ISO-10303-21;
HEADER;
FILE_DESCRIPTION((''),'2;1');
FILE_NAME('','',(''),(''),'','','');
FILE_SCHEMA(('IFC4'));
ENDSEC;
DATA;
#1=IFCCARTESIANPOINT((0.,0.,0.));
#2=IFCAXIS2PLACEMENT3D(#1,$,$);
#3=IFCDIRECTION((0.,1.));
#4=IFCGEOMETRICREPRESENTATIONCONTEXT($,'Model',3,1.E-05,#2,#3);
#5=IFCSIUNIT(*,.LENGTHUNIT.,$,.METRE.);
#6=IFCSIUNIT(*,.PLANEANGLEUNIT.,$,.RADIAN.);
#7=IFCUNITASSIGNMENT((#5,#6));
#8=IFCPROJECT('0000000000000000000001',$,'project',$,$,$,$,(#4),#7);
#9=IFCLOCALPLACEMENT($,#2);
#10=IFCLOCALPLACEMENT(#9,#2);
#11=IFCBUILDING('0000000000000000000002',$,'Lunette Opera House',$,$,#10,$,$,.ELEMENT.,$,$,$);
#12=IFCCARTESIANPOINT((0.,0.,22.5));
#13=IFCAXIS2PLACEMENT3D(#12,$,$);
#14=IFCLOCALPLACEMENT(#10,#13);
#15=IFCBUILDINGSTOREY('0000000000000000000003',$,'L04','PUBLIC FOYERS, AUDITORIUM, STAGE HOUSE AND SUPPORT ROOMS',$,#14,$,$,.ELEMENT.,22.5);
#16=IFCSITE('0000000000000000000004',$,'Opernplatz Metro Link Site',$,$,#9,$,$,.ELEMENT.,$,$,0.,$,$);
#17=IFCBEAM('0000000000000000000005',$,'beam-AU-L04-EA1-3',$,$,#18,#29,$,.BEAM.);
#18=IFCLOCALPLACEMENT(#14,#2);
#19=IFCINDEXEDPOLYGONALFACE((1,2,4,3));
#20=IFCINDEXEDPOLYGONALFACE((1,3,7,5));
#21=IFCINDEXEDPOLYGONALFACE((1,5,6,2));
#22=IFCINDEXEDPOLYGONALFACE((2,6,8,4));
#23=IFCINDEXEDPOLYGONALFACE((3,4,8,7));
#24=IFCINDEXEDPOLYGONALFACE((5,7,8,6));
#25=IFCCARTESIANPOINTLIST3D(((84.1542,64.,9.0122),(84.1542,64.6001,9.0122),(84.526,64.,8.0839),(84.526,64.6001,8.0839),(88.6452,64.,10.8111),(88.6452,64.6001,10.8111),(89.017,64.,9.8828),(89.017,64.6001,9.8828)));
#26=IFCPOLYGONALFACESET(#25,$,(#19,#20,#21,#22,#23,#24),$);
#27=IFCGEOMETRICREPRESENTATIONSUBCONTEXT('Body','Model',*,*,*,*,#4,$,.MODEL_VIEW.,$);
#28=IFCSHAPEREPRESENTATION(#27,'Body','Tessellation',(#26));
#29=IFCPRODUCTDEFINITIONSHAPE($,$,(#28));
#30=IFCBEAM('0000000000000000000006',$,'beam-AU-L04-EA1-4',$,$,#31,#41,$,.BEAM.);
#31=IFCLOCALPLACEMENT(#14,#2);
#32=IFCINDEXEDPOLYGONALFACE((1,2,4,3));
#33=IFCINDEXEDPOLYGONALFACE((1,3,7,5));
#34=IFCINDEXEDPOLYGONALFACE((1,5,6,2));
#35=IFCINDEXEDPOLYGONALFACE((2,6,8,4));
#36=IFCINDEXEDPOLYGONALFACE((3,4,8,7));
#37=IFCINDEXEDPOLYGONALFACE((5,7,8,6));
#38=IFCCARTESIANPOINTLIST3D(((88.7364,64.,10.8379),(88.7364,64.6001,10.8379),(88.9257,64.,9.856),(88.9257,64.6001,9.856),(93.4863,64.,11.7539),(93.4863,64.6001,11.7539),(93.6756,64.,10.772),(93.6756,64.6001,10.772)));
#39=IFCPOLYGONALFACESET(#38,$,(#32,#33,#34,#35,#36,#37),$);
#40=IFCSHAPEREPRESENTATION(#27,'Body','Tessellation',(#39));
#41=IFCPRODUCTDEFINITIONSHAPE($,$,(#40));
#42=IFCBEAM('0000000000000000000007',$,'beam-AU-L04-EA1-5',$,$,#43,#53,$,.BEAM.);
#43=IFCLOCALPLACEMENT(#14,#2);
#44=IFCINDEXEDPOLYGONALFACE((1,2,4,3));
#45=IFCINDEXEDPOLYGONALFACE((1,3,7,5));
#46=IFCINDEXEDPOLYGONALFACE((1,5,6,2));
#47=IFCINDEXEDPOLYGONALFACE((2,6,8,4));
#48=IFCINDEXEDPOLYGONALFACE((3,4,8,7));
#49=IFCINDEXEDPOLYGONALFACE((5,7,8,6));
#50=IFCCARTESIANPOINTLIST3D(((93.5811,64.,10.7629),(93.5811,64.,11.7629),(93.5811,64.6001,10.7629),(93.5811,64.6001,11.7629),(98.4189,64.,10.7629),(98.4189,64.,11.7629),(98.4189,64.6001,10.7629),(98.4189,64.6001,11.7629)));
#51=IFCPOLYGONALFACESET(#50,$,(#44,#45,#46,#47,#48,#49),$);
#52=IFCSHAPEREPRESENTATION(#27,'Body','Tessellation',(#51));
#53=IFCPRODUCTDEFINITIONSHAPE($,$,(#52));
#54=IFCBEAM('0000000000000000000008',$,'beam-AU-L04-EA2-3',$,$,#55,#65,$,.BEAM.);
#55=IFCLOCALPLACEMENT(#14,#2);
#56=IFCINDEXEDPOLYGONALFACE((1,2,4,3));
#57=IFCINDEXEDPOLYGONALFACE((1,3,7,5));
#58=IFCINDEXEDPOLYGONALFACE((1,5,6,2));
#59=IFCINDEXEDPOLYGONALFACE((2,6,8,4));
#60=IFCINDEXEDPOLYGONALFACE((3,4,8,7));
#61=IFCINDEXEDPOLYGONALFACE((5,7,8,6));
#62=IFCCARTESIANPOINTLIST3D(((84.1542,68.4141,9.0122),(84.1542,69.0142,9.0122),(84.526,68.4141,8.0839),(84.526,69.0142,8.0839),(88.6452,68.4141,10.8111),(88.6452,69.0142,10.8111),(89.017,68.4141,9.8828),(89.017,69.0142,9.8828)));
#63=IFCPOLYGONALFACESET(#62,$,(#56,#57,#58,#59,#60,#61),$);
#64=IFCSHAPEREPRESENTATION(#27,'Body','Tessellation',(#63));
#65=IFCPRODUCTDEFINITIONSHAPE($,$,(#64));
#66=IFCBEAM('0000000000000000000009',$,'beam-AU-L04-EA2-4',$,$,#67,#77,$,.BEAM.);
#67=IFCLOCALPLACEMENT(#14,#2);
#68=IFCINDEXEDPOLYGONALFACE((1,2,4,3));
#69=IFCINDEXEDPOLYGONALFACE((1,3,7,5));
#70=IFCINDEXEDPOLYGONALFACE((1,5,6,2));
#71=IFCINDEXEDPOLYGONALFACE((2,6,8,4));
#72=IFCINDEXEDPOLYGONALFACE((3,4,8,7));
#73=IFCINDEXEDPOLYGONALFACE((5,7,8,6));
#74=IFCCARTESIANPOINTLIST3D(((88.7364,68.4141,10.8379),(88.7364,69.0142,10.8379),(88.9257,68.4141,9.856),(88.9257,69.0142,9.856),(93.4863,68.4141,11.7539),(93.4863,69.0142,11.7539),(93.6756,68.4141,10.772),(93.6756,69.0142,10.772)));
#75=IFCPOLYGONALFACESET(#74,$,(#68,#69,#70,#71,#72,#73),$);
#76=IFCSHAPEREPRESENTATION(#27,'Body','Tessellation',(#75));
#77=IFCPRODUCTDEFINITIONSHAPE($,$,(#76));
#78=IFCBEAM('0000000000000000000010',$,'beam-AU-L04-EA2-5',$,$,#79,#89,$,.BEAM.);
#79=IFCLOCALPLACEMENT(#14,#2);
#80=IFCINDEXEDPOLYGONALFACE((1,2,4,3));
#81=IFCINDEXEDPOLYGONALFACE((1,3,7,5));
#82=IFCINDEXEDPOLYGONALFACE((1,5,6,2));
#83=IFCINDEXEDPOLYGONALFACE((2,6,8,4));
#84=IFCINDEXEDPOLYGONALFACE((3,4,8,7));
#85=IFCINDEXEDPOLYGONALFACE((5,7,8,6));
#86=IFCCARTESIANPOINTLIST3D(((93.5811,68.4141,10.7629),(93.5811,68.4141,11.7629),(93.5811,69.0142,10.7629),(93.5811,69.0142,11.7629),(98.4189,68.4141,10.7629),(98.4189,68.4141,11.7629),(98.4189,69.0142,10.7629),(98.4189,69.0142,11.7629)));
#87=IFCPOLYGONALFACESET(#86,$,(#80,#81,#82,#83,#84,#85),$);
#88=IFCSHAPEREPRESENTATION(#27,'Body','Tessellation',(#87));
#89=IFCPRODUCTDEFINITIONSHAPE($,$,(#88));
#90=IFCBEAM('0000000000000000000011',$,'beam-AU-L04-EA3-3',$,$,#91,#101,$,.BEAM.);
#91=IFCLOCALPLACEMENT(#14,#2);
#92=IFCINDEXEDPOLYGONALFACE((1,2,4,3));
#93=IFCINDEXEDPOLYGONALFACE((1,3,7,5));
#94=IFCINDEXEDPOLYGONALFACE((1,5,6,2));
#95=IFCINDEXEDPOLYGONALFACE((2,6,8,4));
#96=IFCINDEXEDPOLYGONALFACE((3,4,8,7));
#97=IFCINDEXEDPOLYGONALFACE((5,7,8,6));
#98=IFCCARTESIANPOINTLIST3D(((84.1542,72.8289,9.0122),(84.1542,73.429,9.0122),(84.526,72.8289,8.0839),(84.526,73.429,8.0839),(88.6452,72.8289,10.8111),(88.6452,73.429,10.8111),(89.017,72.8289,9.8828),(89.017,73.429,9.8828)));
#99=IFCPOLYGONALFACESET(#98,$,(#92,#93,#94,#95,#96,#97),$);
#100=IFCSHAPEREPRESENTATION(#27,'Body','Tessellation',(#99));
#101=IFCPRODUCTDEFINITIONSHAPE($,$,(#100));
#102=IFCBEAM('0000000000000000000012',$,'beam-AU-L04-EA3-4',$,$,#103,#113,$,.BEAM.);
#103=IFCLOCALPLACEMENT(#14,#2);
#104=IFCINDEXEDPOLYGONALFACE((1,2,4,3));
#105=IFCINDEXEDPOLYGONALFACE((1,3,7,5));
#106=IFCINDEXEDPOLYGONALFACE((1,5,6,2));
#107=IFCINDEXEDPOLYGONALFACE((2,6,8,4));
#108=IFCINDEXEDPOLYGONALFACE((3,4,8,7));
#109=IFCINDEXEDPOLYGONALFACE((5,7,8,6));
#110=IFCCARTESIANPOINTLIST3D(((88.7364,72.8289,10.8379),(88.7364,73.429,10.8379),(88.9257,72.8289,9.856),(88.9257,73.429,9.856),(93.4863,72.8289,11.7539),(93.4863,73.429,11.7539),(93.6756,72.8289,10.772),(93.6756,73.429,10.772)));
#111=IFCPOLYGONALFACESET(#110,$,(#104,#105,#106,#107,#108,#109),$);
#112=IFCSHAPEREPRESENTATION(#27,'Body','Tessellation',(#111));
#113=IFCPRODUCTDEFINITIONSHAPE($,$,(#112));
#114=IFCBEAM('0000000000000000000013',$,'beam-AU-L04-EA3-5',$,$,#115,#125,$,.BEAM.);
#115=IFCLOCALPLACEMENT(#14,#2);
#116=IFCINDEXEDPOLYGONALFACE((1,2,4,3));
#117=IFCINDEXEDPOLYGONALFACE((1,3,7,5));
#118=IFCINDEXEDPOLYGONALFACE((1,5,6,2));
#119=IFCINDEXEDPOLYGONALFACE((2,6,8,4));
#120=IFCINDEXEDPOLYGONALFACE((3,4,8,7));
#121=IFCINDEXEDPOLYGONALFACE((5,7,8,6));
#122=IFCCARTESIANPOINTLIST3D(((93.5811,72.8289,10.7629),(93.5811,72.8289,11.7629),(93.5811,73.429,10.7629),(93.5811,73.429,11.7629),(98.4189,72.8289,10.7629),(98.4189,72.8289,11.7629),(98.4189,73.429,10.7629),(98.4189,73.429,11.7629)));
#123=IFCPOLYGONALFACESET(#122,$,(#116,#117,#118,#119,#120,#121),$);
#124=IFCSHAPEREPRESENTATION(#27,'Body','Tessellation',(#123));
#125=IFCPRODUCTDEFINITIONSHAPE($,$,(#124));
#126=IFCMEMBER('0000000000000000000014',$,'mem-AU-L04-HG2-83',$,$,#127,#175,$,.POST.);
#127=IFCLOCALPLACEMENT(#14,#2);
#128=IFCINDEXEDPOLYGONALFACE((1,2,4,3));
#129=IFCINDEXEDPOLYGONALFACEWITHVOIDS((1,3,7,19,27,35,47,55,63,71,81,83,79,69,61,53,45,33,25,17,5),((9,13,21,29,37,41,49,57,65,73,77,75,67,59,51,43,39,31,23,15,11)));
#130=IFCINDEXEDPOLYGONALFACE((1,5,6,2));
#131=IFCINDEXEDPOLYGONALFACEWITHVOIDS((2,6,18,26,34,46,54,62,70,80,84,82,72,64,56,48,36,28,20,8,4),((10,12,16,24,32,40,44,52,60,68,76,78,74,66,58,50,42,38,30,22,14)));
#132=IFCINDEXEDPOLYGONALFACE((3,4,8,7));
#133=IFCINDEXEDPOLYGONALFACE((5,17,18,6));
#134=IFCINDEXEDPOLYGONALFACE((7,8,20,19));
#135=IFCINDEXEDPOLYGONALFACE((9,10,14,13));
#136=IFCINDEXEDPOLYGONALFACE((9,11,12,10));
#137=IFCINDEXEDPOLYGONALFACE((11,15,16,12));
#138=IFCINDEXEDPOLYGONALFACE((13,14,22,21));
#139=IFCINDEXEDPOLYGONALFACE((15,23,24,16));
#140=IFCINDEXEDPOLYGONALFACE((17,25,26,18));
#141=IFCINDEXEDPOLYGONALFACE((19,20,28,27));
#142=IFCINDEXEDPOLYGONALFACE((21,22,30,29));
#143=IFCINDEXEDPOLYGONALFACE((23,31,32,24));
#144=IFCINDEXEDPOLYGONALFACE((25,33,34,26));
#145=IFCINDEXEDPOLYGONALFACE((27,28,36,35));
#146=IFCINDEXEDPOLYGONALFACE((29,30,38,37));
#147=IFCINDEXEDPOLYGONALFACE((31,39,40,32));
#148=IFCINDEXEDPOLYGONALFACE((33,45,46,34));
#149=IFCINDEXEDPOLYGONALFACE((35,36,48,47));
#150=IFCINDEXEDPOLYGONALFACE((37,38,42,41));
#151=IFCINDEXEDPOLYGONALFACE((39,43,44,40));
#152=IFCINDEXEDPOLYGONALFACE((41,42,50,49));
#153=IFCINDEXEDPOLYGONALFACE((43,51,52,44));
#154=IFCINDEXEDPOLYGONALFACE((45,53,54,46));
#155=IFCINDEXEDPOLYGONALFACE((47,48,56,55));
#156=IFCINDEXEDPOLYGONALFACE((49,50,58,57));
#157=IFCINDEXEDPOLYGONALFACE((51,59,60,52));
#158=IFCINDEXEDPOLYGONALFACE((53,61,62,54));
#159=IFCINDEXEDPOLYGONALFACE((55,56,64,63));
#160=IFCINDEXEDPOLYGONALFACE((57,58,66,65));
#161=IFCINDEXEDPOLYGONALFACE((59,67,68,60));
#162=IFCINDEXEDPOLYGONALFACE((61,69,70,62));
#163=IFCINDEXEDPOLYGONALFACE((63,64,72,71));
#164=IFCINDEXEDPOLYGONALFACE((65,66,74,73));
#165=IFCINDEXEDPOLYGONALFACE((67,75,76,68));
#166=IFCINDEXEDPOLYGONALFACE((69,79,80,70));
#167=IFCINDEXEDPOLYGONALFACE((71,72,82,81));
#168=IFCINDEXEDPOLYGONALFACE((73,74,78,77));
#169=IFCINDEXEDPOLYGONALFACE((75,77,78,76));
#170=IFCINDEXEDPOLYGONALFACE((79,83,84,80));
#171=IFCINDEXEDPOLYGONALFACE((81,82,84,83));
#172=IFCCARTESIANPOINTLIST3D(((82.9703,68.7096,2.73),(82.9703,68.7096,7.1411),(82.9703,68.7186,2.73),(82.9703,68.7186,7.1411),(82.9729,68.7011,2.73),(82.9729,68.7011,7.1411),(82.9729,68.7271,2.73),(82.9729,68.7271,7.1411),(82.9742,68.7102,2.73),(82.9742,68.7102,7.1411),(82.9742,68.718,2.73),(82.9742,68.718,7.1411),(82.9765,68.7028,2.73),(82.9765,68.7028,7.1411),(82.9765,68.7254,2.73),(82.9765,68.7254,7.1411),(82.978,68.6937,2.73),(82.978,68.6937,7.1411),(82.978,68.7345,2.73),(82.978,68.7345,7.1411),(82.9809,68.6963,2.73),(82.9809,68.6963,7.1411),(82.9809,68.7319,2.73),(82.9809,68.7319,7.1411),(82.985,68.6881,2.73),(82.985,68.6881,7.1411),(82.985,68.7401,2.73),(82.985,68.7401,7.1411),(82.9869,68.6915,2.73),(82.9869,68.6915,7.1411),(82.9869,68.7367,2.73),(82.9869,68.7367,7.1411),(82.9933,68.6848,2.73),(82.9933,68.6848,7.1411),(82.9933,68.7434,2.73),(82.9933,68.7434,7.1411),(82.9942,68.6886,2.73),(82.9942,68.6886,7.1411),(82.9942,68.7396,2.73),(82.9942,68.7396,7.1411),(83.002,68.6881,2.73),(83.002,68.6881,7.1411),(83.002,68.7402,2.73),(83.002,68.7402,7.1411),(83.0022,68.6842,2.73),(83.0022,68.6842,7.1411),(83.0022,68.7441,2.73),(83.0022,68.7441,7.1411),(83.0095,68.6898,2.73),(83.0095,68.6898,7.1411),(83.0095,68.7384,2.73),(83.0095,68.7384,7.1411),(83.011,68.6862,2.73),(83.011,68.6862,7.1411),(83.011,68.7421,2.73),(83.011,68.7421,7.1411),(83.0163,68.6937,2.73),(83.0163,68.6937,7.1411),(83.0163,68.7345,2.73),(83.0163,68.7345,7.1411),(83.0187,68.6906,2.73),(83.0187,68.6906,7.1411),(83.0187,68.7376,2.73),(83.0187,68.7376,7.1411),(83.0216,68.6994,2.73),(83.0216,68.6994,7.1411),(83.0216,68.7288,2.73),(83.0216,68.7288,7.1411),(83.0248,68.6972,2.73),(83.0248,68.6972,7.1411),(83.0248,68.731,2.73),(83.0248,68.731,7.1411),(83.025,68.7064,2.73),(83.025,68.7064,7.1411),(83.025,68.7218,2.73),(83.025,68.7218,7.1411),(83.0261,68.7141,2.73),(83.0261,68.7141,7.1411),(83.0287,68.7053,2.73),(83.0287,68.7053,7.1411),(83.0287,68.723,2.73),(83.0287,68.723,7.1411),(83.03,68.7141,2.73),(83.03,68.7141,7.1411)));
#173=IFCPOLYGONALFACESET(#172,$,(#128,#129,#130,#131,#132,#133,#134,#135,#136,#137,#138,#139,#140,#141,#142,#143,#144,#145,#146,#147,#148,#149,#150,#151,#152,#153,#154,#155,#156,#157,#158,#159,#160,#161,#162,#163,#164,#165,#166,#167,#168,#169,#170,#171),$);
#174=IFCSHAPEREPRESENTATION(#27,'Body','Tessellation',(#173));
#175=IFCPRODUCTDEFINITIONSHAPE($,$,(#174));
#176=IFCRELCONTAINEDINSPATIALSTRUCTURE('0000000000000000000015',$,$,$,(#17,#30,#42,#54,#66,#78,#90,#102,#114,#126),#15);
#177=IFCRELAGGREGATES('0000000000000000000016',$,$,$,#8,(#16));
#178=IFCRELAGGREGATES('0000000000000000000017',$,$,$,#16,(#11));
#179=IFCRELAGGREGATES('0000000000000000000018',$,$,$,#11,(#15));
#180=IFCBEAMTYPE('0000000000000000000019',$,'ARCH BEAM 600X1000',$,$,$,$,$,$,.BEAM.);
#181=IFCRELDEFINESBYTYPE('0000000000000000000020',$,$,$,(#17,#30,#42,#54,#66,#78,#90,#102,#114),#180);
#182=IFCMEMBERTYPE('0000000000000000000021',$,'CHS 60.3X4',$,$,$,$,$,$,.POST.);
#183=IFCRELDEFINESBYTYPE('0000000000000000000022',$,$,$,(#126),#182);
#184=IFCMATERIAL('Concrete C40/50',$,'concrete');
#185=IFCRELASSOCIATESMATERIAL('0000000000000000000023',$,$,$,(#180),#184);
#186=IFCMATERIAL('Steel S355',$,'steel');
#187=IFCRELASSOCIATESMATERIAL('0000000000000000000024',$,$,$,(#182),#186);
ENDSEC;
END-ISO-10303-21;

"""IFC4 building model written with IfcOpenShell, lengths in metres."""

from ifc_helpers import new_model, si_unit, direction, frame, origin, origin_2d, place, context, subcontext, project, spatial, rectangle, hollow_circle, extrude, material, material_profile, profile_set, type_object, element, save


model = new_model("IFC4")

# Units and contexts
model_context = context("Model", 3, precision=1e-05, world=origin(), true_north=direction((0.0, 1.0)))
body_context = subcontext(model_context, "Body", "Model", "MODEL_VIEW")
ifc_project = project(units=[si_unit("LENGTHUNIT", "METRE"), si_unit("PLANEANGLEUNIT", "RADIAN")], contexts=[model_context])

# Site, building, storey
site_placement = place(None, origin())
site = spatial("IfcSite", under=ifc_project, at=site_placement, Name="Opernplatz Metro Link Site", CompositionType="ELEMENT", RefElevation=0.0)
building_placement = place(site_placement, origin())
building = spatial("IfcBuilding", under=site, at=building_placement, Name="Lunette Opera House", CompositionType="ELEMENT")
storey_placement = place(building_placement, frame((0.0, 0.0, 22.5)))
storey = spatial("IfcBuildingStorey", under=building, at=storey_placement, Name="L04", Description="PUBLIC FOYERS, AUDITORIUM, STAGE HOUSE AND SUPPORT ROOMS", CompositionType="ELEMENT", Elevation=22.5)

# Beams
ifc_material_1 = material(Name="Concrete C40/50", Category="concrete")
ifc_material_profile_1 = material_profile(ifc_material_1, rectangle(XDim=0.6001, YDim=1.0, at=origin_2d()), Name="ARCH BEAM 600X1000")
ifc_profile_set_1 = profile_set([ifc_material_profile_1], Name="Concrete C40/50")
beam_type_1 = type_object("IfcBeamType", Name="ARCH BEAM 600X1000", PredefinedType="BEAM", material=ifc_profile_set_1)
beam_1_placement = place(storey_placement, frame((84.3401, 64.3, 8.5481), z_axis=(0.928303, 0.0, 0.371826), x_axis=(0.0, 1.0, 0.0)))
element("IfcBeam", 1, at=beam_1_placement, inside=storey, type_object=beam_type_1, Name="beam-AU-L04-EA1-3", PredefinedType="BEAM", context=body_context, shape_type="SweptSolid", body=[
    extrude(rectangle(XDim=0.6001, YDim=1.0, at=origin_2d()), origin(), (0.0, 0.0, 1.0), 4.8379),
])
beam_2_placement = place(storey_placement, frame((88.8311, 64.3, 10.3469), z_axis=(0.981908, 0.0, 0.189357), x_axis=(0.0, 1.0, 0.0)))
element("IfcBeam", 2, at=beam_2_placement, inside=storey, type_object=beam_type_1, Name="beam-AU-L04-EA1-4", PredefinedType="BEAM", context=body_context, shape_type="SweptSolid", body=[
    extrude(rectangle(XDim=0.6001, YDim=1.0, at=origin_2d()), origin(), (0.0, 0.0, 1.0), 4.8374),
])
for number, where, z_axis, x_axis, name in (
    (3, (93.5811, 64.3, 11.2629), (1.0, 0.0, 0.0), (0.0, 1.0, 0.0), "beam-AU-L04-EA1-5"),
    (4, (84.3401, 68.7141, 8.5481), (0.928303, 0.0, 0.371826), (0.0, 1.0, 0.0), "beam-AU-L04-EA2-3"),
):
    element("IfcBeam", number, at=place(storey_placement, frame(where, z_axis=z_axis, x_axis=x_axis)), inside=storey, type_object=beam_type_1, Name=name, PredefinedType="BEAM", context=body_context, shape_type="SweptSolid", body=[
        extrude(rectangle(XDim=0.6001, YDim=1.0, at=origin_2d()), origin(), (0.0, 0.0, 1.0), 4.8379),
    ])
beam_3_placement = place(storey_placement, frame((88.8311, 68.7141, 10.3469), z_axis=(0.981908, 0.0, 0.189357), x_axis=(0.0, 1.0, 0.0)))
element("IfcBeam", 5, at=beam_3_placement, inside=storey, type_object=beam_type_1, Name="beam-AU-L04-EA2-4", PredefinedType="BEAM", context=body_context, shape_type="SweptSolid", body=[
    extrude(rectangle(XDim=0.6001, YDim=1.0, at=origin_2d()), origin(), (0.0, 0.0, 1.0), 4.8374),
])
for number, where, z_axis, x_axis, name in (
    (6, (93.5811, 68.7141, 11.2629), (1.0, 0.0, 0.0), (0.0, 1.0, 0.0), "beam-AU-L04-EA2-5"),
    (7, (84.3401, 73.1289, 8.5481), (0.928303, 0.0, 0.371826), (0.0, 1.0, 0.0), "beam-AU-L04-EA3-3"),
):
    element("IfcBeam", number, at=place(storey_placement, frame(where, z_axis=z_axis, x_axis=x_axis)), inside=storey, type_object=beam_type_1, Name=name, PredefinedType="BEAM", context=body_context, shape_type="SweptSolid", body=[
        extrude(rectangle(XDim=0.6001, YDim=1.0, at=origin_2d()), origin(), (0.0, 0.0, 1.0), 4.8379),
    ])
beam_4_placement = place(storey_placement, frame((88.8311, 73.1289, 10.3469), z_axis=(0.981908, 0.0, 0.189357), x_axis=(0.0, 1.0, 0.0)))
element("IfcBeam", 8, at=beam_4_placement, inside=storey, type_object=beam_type_1, Name="beam-AU-L04-EA3-4", PredefinedType="BEAM", context=body_context, shape_type="SweptSolid", body=[
    extrude(rectangle(XDim=0.6001, YDim=1.0, at=origin_2d()), origin(), (0.0, 0.0, 1.0), 4.8374),
])
beam_5_placement = place(storey_placement, frame((93.5811, 73.1289, 11.2629), z_axis=(1.0, 0.0, 0.0), x_axis=(0.0, 1.0, 0.0)))
element("IfcBeam", 9, at=beam_5_placement, inside=storey, type_object=beam_type_1, Name="beam-AU-L04-EA3-5", PredefinedType="BEAM", context=body_context, shape_type="SweptSolid", body=[
    extrude(rectangle(XDim=0.6001, YDim=1.0, at=origin_2d()), origin(), (0.0, 0.0, 1.0), 4.8379),
])

# Member
ifc_material_2 = material(Name="Steel S355", Category="steel")
ifc_material_profile_2 = material_profile(ifc_material_2, hollow_circle(Radius=0.03, WallThickness=0.0039, at=origin_2d()), Name="CHS 60.3X4")
ifc_profile_set_2 = profile_set([ifc_material_profile_2], Name="Steel S355")
member_type = type_object("IfcMemberType", Name="CHS 60.3X4", PredefinedType="POST", material=ifc_profile_set_2)
for number, where, z_axis, x_axis, name in (
    (10, (83.0, 68.7141, 2.73), (0.0, 0.0, 1.0), (1.0, 0.0, 0.0), "mem-AU-L04-HG2-83"),
):
    element("IfcMember", number, at=place(storey_placement, frame(where, z_axis=z_axis, x_axis=x_axis)), inside=storey, type_object=member_type, Name=name, PredefinedType="POST", context=body_context, shape_type="SweptSolid", body=[
        extrude(hollow_circle(Radius=0.03, WallThickness=0.0039, at=origin_2d()), origin(), (0.0, 0.0, 1.0), 4.4111),
    ])

save(model, "model.ifc")
